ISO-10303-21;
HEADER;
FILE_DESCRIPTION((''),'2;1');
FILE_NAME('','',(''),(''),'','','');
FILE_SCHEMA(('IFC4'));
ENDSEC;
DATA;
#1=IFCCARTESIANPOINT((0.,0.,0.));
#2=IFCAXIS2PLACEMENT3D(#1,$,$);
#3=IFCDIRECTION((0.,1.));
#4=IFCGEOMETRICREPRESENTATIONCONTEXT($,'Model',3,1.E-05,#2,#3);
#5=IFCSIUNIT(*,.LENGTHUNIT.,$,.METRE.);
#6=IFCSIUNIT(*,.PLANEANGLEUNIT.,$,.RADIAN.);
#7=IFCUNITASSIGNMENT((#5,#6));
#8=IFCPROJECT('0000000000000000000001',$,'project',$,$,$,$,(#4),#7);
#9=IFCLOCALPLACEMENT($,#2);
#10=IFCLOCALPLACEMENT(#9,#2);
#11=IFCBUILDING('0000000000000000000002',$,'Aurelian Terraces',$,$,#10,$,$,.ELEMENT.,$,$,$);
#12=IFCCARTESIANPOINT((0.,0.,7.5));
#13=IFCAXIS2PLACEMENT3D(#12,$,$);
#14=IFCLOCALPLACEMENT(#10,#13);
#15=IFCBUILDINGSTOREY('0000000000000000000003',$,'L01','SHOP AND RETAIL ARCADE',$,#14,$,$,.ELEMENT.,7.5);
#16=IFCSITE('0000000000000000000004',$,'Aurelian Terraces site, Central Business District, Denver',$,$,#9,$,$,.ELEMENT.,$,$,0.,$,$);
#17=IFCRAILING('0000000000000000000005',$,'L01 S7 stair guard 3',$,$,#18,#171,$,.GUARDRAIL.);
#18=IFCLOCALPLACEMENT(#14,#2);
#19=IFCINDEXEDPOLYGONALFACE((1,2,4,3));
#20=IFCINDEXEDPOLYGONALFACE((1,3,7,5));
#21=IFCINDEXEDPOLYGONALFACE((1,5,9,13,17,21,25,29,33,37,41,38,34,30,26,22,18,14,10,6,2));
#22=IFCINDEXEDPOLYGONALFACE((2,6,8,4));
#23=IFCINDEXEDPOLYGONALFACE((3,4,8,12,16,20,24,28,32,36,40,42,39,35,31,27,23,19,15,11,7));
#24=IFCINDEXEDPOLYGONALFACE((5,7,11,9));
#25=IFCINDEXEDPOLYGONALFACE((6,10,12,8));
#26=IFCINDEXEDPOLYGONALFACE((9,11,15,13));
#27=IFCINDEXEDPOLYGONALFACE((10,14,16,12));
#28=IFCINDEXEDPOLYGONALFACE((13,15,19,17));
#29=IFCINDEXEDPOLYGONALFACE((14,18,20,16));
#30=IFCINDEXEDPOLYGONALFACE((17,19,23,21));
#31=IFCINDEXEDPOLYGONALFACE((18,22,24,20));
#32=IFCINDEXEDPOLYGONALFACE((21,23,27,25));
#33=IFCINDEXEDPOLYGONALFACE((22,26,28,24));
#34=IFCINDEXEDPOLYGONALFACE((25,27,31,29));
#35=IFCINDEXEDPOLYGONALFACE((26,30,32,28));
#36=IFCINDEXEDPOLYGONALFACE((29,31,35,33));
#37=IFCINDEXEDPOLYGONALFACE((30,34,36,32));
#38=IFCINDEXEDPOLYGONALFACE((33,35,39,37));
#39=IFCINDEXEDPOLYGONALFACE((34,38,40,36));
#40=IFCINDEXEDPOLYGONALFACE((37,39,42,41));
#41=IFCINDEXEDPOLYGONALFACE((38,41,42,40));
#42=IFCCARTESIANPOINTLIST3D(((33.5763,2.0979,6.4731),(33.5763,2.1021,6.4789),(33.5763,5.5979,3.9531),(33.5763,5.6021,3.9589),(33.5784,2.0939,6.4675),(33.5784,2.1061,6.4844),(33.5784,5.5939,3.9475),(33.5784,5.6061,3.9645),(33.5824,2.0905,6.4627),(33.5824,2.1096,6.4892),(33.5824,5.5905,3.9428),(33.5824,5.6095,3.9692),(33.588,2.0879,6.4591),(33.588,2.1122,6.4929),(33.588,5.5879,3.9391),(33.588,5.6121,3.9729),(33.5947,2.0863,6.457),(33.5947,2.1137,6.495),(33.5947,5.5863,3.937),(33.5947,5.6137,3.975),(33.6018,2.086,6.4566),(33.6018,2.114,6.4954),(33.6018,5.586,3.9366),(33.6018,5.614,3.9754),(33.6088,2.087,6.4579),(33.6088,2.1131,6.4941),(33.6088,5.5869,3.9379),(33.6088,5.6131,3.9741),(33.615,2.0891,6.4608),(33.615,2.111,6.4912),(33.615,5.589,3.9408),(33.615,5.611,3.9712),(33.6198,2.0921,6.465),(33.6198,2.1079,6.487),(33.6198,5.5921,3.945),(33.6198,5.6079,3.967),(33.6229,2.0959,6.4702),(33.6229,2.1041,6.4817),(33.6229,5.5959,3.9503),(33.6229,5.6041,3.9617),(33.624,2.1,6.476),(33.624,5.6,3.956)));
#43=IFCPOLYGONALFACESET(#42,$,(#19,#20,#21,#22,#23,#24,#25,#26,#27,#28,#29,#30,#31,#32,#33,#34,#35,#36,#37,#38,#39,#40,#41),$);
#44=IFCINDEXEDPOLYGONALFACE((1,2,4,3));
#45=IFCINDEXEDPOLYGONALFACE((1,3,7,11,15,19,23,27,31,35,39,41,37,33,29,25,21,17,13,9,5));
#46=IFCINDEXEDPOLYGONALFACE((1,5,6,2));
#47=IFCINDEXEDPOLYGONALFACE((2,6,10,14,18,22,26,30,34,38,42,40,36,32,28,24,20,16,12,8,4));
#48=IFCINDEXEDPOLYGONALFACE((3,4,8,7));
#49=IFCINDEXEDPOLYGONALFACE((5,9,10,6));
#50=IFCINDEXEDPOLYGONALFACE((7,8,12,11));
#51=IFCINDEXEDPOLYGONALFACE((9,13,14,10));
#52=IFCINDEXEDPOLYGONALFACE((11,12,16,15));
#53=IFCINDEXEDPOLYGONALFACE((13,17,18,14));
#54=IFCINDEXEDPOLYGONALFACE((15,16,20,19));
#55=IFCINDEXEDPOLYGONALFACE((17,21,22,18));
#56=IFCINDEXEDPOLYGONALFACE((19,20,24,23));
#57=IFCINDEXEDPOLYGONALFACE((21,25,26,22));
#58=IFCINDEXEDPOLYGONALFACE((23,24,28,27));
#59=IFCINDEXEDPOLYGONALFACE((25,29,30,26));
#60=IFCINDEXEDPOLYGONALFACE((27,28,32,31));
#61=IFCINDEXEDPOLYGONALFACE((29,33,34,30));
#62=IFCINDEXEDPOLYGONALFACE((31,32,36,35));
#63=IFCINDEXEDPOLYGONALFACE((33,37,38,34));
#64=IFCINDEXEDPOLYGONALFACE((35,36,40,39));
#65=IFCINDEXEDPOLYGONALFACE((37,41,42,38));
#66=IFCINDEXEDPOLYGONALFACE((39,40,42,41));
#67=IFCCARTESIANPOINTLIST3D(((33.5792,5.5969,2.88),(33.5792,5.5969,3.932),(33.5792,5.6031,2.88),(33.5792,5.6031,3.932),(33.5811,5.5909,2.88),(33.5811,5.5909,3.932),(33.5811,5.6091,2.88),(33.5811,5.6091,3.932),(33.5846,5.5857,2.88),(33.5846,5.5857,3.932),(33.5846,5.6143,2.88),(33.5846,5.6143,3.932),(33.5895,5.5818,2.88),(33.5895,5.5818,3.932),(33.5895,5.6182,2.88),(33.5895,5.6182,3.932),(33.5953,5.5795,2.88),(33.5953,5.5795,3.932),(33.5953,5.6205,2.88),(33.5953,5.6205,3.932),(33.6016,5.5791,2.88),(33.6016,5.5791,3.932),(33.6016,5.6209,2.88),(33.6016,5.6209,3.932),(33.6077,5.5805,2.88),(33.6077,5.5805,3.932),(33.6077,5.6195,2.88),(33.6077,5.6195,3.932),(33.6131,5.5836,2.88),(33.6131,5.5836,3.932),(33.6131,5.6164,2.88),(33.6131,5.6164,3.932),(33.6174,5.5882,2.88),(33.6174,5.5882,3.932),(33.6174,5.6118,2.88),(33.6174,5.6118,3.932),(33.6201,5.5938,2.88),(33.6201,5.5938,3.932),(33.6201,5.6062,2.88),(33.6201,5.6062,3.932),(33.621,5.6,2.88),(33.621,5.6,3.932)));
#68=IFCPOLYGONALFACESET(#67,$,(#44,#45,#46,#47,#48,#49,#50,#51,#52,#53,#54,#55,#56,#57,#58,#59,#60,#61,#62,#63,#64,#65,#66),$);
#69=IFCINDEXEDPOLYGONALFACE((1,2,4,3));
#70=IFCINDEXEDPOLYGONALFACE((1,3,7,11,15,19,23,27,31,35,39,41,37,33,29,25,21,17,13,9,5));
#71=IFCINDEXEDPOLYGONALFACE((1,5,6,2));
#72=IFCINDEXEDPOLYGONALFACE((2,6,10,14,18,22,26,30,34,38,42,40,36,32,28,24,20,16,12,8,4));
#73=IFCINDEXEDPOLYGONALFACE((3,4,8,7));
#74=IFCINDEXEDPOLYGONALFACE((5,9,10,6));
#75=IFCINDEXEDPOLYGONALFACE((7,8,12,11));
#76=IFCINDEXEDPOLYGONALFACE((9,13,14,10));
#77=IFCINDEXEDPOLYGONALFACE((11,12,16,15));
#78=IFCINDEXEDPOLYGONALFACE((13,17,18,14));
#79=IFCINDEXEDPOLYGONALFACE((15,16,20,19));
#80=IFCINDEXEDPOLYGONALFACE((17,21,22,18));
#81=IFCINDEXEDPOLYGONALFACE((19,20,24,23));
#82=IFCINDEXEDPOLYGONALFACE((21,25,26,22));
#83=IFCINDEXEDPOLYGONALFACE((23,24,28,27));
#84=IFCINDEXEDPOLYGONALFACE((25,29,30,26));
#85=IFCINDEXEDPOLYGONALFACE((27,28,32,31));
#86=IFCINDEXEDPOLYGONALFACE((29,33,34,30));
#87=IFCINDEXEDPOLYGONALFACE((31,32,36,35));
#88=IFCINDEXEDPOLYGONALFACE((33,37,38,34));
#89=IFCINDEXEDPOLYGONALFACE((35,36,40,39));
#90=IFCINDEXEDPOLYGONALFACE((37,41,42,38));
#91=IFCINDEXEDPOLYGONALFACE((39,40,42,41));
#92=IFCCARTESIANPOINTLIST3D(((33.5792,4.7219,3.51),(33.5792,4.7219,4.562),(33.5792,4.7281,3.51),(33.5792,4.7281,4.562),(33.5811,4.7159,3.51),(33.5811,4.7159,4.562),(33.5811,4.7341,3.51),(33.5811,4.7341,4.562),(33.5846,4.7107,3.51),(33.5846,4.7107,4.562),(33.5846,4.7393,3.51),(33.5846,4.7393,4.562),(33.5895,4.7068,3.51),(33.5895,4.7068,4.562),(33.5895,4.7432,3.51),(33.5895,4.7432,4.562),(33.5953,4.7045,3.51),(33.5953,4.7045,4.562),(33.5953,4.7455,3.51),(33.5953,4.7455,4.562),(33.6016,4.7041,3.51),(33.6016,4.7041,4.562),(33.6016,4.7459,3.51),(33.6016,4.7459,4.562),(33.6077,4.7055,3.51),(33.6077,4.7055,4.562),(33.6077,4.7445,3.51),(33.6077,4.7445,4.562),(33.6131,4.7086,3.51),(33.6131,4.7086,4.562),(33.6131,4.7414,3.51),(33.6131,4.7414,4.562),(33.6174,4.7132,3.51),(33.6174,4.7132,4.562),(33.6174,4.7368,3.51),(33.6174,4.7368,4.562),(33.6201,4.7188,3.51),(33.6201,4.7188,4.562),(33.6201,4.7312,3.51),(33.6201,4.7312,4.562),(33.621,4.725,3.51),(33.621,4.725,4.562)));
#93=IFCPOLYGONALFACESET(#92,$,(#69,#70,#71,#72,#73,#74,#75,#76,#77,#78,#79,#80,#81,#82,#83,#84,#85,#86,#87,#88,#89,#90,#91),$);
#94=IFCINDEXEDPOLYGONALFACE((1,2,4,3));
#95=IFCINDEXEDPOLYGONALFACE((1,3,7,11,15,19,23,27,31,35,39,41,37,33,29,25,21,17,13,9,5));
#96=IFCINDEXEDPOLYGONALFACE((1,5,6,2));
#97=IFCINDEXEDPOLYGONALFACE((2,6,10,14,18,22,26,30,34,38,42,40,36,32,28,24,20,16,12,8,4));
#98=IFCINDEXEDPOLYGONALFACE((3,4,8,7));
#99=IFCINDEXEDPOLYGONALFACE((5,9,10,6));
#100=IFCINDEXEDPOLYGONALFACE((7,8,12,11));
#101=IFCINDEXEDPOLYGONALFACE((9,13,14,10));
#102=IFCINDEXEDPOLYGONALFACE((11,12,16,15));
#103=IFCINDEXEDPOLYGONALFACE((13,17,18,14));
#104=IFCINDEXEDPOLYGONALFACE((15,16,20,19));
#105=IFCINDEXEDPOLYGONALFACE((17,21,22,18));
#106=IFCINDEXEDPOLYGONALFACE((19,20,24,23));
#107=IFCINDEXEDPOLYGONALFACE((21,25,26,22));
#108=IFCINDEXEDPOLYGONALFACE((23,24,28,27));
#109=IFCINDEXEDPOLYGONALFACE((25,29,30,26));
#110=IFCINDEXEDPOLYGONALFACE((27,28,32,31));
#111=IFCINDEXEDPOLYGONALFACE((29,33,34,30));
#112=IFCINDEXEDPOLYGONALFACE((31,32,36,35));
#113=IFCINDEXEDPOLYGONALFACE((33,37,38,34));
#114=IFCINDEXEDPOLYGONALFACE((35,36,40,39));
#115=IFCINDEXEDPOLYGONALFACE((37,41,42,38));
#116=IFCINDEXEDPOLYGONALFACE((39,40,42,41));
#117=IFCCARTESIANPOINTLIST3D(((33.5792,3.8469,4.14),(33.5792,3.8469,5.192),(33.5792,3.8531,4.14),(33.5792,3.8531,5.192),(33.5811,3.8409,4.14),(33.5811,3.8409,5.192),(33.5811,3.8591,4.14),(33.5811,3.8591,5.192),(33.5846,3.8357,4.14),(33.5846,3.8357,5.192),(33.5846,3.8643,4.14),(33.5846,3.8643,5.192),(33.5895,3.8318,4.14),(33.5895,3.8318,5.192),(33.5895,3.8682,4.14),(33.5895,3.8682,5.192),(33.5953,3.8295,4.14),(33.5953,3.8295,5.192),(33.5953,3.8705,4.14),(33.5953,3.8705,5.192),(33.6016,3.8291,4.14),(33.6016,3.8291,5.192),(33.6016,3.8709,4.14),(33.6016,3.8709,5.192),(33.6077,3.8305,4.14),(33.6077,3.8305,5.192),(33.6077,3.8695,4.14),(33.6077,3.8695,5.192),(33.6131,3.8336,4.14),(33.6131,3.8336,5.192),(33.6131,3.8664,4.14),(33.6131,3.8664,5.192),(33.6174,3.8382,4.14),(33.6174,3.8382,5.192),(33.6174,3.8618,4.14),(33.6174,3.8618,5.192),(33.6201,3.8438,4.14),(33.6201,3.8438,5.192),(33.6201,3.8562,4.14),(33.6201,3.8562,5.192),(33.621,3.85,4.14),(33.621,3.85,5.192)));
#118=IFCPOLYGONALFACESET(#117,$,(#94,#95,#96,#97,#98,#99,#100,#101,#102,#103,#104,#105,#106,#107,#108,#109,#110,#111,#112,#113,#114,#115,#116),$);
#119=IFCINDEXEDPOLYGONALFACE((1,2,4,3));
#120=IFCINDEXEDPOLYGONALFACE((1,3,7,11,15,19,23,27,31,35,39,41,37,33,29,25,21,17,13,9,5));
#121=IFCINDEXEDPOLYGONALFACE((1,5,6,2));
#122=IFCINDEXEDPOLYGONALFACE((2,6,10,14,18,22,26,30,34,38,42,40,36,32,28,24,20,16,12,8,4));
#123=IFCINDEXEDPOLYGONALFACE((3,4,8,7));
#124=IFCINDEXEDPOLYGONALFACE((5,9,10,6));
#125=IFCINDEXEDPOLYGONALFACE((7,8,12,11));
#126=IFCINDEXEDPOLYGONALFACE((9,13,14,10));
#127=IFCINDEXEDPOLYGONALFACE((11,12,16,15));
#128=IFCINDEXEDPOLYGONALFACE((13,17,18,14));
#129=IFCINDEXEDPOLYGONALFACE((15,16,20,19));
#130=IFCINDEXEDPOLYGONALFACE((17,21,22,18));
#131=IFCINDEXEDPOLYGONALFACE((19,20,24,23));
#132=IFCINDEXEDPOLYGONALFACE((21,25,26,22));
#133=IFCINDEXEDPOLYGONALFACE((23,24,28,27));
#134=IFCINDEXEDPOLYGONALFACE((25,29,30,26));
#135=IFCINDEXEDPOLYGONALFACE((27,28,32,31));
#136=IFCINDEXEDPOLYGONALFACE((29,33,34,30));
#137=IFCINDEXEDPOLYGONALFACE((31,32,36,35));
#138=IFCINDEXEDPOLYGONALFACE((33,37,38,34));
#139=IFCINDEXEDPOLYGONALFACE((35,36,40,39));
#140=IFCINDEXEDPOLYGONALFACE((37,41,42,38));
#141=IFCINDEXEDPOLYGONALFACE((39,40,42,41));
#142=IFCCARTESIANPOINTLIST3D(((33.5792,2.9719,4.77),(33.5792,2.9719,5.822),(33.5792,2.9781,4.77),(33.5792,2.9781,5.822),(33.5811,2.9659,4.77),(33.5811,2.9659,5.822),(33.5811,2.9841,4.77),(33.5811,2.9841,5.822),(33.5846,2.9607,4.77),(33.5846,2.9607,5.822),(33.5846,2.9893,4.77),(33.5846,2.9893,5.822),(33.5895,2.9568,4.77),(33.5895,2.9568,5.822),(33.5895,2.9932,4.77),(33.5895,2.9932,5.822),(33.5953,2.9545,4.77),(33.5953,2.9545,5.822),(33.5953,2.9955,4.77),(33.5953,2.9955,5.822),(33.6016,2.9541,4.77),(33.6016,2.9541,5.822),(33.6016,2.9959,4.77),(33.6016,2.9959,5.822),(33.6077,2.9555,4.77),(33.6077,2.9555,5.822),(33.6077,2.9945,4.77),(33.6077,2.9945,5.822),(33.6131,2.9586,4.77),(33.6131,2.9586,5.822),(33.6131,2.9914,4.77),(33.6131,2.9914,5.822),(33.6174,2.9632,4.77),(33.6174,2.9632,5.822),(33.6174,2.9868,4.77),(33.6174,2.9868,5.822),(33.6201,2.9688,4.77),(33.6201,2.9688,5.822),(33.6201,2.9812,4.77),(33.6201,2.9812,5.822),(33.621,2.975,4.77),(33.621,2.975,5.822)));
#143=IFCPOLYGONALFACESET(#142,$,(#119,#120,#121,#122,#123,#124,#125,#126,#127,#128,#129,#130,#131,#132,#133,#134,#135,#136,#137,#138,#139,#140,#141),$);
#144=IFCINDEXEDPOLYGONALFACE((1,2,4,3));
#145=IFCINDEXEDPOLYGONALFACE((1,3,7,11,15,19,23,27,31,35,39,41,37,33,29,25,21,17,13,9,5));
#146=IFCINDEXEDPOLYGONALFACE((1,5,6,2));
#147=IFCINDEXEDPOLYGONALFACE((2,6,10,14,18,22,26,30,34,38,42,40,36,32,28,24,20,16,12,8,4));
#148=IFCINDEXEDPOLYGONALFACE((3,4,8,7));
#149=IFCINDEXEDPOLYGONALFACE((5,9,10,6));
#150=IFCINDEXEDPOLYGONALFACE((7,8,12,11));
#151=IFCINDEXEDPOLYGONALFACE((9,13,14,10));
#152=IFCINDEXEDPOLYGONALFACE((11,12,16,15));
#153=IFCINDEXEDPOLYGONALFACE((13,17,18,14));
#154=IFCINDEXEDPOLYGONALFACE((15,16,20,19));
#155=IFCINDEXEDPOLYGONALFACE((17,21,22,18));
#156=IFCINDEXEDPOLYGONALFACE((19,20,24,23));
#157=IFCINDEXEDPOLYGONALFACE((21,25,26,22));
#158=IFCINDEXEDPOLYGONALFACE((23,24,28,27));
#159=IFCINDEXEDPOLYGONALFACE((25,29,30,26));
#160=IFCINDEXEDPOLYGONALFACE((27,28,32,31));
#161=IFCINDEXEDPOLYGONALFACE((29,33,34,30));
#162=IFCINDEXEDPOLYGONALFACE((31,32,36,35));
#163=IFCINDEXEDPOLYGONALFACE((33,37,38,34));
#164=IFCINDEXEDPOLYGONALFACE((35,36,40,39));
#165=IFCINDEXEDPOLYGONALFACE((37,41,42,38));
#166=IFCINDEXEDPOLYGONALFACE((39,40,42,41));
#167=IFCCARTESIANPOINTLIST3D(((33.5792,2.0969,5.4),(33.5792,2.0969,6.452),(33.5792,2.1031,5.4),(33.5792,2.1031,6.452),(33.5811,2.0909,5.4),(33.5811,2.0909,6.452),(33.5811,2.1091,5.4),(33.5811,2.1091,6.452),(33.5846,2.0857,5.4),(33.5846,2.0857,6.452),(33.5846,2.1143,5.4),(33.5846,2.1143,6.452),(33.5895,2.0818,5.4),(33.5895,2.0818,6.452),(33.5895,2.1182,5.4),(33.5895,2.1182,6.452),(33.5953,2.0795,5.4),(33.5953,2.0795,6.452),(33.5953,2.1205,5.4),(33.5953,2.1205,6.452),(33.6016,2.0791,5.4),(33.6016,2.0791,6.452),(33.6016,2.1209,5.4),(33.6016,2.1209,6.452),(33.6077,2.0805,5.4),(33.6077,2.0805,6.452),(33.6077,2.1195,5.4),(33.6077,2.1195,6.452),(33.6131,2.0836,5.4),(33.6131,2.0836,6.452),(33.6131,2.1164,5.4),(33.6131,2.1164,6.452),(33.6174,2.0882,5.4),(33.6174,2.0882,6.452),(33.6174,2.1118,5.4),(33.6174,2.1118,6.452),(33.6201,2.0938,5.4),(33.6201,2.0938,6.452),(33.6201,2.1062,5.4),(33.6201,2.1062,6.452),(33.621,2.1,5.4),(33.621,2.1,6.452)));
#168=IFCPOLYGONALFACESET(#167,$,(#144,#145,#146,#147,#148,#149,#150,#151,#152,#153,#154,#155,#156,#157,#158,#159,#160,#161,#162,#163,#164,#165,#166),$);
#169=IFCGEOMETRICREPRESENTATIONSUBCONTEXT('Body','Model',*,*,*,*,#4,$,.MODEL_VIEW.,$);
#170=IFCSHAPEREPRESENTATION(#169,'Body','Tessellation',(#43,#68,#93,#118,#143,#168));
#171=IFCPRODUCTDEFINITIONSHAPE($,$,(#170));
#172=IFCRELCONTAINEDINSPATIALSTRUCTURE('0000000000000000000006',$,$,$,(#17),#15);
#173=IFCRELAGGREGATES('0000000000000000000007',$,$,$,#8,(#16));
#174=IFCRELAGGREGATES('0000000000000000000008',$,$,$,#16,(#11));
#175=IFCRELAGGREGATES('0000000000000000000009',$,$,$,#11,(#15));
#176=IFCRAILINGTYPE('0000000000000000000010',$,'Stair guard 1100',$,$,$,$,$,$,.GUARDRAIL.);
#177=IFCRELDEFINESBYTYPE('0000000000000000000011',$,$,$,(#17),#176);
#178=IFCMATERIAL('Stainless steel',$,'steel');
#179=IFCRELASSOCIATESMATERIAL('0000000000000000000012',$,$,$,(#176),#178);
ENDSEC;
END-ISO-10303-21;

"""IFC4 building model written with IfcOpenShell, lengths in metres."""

from ifc_helpers import new_model, si_unit, direction, frame, origin, origin_2d, place, context, subcontext, project, spatial, circle, extrude, source, transform, mapped, material, type_object, element, save


model = new_model("IFC4")

# Units and contexts
model_context = context("Model", 3, precision=1e-05, world=origin(), true_north=direction((0.0, 1.0)))
body_context = subcontext(model_context, "Body", "Model", "MODEL_VIEW")
ifc_project = project(units=[si_unit("LENGTHUNIT", "METRE"), si_unit("PLANEANGLEUNIT", "RADIAN")], contexts=[model_context])

# Site, building, storey
site_placement = place(None, origin())
site = spatial("IfcSite", under=ifc_project, at=site_placement, Name="Aurelian Terraces site, Central Business District, Denver", CompositionType="ELEMENT", RefElevation=0.0)
building_placement = place(site_placement, origin())
building = spatial("IfcBuilding", under=site, at=building_placement, Name="Aurelian Terraces", CompositionType="ELEMENT")
storey_placement = place(building_placement, frame((0.0, 0.0, 7.5)))
storey = spatial("IfcBuildingStorey", under=building, at=storey_placement, Name="L01", Description="SHOP AND RETAIL ARCADE", CompositionType="ELEMENT", Elevation=7.5)

# Railing
ifc_material_1 = material(Name="Stainless steel", Category="steel")
railing_type_1 = type_object("IfcRailingType", Name="Stair guard 1100", PredefinedType="GUARDRAIL", material=ifc_material_1)
shared_shape_1 = source(origin(), body_context, "Body", "SweptSolid", [
    extrude(circle(Radius=0.024, at=origin_2d()), frame((0.0, 0.0, 1.076), z_axis=(0.0, -0.811534, 0.584305), x_axis=(1.0, 0.0, 0.0)), (0.0, 0.0, 1.0), 4.3128),
    extrude(circle(Radius=0.021, at=origin_2d()), origin(), (0.0, 0.0, 1.0), 1.052),
    extrude(circle(Radius=0.021, at=origin_2d()), frame((0.0, -0.875, 0.63)), (0.0, 0.0, 1.0), 1.052),
    extrude(circle(Radius=0.021, at=origin_2d()), frame((0.0, -1.75, 1.26)), (0.0, 0.0, 1.0), 1.052),
    extrude(circle(Radius=0.021, at=origin_2d()), frame((0.0, -2.625, 1.89)), (0.0, 0.0, 1.0), 1.052),
    extrude(circle(Radius=0.021, at=origin_2d()), frame((0.0, -3.5, 2.52)), (0.0, 0.0, 1.0), 1.052),
])
for number, where, name in (
    (1, (33.6, 5.6, 2.88), "L01 S7 stair guard 3"),
):
    element("IfcRailing", number, at=place(storey_placement, frame(where)), inside=storey, type_object=railing_type_1, Name=name, PredefinedType="GUARDRAIL", context=body_context, shape_type="MappedRepresentation", body=[
        mapped(shared_shape_1, transform((0.0, 0.0, 0.0), scale=1.0)),
    ])

save(model, "model.ifc")
